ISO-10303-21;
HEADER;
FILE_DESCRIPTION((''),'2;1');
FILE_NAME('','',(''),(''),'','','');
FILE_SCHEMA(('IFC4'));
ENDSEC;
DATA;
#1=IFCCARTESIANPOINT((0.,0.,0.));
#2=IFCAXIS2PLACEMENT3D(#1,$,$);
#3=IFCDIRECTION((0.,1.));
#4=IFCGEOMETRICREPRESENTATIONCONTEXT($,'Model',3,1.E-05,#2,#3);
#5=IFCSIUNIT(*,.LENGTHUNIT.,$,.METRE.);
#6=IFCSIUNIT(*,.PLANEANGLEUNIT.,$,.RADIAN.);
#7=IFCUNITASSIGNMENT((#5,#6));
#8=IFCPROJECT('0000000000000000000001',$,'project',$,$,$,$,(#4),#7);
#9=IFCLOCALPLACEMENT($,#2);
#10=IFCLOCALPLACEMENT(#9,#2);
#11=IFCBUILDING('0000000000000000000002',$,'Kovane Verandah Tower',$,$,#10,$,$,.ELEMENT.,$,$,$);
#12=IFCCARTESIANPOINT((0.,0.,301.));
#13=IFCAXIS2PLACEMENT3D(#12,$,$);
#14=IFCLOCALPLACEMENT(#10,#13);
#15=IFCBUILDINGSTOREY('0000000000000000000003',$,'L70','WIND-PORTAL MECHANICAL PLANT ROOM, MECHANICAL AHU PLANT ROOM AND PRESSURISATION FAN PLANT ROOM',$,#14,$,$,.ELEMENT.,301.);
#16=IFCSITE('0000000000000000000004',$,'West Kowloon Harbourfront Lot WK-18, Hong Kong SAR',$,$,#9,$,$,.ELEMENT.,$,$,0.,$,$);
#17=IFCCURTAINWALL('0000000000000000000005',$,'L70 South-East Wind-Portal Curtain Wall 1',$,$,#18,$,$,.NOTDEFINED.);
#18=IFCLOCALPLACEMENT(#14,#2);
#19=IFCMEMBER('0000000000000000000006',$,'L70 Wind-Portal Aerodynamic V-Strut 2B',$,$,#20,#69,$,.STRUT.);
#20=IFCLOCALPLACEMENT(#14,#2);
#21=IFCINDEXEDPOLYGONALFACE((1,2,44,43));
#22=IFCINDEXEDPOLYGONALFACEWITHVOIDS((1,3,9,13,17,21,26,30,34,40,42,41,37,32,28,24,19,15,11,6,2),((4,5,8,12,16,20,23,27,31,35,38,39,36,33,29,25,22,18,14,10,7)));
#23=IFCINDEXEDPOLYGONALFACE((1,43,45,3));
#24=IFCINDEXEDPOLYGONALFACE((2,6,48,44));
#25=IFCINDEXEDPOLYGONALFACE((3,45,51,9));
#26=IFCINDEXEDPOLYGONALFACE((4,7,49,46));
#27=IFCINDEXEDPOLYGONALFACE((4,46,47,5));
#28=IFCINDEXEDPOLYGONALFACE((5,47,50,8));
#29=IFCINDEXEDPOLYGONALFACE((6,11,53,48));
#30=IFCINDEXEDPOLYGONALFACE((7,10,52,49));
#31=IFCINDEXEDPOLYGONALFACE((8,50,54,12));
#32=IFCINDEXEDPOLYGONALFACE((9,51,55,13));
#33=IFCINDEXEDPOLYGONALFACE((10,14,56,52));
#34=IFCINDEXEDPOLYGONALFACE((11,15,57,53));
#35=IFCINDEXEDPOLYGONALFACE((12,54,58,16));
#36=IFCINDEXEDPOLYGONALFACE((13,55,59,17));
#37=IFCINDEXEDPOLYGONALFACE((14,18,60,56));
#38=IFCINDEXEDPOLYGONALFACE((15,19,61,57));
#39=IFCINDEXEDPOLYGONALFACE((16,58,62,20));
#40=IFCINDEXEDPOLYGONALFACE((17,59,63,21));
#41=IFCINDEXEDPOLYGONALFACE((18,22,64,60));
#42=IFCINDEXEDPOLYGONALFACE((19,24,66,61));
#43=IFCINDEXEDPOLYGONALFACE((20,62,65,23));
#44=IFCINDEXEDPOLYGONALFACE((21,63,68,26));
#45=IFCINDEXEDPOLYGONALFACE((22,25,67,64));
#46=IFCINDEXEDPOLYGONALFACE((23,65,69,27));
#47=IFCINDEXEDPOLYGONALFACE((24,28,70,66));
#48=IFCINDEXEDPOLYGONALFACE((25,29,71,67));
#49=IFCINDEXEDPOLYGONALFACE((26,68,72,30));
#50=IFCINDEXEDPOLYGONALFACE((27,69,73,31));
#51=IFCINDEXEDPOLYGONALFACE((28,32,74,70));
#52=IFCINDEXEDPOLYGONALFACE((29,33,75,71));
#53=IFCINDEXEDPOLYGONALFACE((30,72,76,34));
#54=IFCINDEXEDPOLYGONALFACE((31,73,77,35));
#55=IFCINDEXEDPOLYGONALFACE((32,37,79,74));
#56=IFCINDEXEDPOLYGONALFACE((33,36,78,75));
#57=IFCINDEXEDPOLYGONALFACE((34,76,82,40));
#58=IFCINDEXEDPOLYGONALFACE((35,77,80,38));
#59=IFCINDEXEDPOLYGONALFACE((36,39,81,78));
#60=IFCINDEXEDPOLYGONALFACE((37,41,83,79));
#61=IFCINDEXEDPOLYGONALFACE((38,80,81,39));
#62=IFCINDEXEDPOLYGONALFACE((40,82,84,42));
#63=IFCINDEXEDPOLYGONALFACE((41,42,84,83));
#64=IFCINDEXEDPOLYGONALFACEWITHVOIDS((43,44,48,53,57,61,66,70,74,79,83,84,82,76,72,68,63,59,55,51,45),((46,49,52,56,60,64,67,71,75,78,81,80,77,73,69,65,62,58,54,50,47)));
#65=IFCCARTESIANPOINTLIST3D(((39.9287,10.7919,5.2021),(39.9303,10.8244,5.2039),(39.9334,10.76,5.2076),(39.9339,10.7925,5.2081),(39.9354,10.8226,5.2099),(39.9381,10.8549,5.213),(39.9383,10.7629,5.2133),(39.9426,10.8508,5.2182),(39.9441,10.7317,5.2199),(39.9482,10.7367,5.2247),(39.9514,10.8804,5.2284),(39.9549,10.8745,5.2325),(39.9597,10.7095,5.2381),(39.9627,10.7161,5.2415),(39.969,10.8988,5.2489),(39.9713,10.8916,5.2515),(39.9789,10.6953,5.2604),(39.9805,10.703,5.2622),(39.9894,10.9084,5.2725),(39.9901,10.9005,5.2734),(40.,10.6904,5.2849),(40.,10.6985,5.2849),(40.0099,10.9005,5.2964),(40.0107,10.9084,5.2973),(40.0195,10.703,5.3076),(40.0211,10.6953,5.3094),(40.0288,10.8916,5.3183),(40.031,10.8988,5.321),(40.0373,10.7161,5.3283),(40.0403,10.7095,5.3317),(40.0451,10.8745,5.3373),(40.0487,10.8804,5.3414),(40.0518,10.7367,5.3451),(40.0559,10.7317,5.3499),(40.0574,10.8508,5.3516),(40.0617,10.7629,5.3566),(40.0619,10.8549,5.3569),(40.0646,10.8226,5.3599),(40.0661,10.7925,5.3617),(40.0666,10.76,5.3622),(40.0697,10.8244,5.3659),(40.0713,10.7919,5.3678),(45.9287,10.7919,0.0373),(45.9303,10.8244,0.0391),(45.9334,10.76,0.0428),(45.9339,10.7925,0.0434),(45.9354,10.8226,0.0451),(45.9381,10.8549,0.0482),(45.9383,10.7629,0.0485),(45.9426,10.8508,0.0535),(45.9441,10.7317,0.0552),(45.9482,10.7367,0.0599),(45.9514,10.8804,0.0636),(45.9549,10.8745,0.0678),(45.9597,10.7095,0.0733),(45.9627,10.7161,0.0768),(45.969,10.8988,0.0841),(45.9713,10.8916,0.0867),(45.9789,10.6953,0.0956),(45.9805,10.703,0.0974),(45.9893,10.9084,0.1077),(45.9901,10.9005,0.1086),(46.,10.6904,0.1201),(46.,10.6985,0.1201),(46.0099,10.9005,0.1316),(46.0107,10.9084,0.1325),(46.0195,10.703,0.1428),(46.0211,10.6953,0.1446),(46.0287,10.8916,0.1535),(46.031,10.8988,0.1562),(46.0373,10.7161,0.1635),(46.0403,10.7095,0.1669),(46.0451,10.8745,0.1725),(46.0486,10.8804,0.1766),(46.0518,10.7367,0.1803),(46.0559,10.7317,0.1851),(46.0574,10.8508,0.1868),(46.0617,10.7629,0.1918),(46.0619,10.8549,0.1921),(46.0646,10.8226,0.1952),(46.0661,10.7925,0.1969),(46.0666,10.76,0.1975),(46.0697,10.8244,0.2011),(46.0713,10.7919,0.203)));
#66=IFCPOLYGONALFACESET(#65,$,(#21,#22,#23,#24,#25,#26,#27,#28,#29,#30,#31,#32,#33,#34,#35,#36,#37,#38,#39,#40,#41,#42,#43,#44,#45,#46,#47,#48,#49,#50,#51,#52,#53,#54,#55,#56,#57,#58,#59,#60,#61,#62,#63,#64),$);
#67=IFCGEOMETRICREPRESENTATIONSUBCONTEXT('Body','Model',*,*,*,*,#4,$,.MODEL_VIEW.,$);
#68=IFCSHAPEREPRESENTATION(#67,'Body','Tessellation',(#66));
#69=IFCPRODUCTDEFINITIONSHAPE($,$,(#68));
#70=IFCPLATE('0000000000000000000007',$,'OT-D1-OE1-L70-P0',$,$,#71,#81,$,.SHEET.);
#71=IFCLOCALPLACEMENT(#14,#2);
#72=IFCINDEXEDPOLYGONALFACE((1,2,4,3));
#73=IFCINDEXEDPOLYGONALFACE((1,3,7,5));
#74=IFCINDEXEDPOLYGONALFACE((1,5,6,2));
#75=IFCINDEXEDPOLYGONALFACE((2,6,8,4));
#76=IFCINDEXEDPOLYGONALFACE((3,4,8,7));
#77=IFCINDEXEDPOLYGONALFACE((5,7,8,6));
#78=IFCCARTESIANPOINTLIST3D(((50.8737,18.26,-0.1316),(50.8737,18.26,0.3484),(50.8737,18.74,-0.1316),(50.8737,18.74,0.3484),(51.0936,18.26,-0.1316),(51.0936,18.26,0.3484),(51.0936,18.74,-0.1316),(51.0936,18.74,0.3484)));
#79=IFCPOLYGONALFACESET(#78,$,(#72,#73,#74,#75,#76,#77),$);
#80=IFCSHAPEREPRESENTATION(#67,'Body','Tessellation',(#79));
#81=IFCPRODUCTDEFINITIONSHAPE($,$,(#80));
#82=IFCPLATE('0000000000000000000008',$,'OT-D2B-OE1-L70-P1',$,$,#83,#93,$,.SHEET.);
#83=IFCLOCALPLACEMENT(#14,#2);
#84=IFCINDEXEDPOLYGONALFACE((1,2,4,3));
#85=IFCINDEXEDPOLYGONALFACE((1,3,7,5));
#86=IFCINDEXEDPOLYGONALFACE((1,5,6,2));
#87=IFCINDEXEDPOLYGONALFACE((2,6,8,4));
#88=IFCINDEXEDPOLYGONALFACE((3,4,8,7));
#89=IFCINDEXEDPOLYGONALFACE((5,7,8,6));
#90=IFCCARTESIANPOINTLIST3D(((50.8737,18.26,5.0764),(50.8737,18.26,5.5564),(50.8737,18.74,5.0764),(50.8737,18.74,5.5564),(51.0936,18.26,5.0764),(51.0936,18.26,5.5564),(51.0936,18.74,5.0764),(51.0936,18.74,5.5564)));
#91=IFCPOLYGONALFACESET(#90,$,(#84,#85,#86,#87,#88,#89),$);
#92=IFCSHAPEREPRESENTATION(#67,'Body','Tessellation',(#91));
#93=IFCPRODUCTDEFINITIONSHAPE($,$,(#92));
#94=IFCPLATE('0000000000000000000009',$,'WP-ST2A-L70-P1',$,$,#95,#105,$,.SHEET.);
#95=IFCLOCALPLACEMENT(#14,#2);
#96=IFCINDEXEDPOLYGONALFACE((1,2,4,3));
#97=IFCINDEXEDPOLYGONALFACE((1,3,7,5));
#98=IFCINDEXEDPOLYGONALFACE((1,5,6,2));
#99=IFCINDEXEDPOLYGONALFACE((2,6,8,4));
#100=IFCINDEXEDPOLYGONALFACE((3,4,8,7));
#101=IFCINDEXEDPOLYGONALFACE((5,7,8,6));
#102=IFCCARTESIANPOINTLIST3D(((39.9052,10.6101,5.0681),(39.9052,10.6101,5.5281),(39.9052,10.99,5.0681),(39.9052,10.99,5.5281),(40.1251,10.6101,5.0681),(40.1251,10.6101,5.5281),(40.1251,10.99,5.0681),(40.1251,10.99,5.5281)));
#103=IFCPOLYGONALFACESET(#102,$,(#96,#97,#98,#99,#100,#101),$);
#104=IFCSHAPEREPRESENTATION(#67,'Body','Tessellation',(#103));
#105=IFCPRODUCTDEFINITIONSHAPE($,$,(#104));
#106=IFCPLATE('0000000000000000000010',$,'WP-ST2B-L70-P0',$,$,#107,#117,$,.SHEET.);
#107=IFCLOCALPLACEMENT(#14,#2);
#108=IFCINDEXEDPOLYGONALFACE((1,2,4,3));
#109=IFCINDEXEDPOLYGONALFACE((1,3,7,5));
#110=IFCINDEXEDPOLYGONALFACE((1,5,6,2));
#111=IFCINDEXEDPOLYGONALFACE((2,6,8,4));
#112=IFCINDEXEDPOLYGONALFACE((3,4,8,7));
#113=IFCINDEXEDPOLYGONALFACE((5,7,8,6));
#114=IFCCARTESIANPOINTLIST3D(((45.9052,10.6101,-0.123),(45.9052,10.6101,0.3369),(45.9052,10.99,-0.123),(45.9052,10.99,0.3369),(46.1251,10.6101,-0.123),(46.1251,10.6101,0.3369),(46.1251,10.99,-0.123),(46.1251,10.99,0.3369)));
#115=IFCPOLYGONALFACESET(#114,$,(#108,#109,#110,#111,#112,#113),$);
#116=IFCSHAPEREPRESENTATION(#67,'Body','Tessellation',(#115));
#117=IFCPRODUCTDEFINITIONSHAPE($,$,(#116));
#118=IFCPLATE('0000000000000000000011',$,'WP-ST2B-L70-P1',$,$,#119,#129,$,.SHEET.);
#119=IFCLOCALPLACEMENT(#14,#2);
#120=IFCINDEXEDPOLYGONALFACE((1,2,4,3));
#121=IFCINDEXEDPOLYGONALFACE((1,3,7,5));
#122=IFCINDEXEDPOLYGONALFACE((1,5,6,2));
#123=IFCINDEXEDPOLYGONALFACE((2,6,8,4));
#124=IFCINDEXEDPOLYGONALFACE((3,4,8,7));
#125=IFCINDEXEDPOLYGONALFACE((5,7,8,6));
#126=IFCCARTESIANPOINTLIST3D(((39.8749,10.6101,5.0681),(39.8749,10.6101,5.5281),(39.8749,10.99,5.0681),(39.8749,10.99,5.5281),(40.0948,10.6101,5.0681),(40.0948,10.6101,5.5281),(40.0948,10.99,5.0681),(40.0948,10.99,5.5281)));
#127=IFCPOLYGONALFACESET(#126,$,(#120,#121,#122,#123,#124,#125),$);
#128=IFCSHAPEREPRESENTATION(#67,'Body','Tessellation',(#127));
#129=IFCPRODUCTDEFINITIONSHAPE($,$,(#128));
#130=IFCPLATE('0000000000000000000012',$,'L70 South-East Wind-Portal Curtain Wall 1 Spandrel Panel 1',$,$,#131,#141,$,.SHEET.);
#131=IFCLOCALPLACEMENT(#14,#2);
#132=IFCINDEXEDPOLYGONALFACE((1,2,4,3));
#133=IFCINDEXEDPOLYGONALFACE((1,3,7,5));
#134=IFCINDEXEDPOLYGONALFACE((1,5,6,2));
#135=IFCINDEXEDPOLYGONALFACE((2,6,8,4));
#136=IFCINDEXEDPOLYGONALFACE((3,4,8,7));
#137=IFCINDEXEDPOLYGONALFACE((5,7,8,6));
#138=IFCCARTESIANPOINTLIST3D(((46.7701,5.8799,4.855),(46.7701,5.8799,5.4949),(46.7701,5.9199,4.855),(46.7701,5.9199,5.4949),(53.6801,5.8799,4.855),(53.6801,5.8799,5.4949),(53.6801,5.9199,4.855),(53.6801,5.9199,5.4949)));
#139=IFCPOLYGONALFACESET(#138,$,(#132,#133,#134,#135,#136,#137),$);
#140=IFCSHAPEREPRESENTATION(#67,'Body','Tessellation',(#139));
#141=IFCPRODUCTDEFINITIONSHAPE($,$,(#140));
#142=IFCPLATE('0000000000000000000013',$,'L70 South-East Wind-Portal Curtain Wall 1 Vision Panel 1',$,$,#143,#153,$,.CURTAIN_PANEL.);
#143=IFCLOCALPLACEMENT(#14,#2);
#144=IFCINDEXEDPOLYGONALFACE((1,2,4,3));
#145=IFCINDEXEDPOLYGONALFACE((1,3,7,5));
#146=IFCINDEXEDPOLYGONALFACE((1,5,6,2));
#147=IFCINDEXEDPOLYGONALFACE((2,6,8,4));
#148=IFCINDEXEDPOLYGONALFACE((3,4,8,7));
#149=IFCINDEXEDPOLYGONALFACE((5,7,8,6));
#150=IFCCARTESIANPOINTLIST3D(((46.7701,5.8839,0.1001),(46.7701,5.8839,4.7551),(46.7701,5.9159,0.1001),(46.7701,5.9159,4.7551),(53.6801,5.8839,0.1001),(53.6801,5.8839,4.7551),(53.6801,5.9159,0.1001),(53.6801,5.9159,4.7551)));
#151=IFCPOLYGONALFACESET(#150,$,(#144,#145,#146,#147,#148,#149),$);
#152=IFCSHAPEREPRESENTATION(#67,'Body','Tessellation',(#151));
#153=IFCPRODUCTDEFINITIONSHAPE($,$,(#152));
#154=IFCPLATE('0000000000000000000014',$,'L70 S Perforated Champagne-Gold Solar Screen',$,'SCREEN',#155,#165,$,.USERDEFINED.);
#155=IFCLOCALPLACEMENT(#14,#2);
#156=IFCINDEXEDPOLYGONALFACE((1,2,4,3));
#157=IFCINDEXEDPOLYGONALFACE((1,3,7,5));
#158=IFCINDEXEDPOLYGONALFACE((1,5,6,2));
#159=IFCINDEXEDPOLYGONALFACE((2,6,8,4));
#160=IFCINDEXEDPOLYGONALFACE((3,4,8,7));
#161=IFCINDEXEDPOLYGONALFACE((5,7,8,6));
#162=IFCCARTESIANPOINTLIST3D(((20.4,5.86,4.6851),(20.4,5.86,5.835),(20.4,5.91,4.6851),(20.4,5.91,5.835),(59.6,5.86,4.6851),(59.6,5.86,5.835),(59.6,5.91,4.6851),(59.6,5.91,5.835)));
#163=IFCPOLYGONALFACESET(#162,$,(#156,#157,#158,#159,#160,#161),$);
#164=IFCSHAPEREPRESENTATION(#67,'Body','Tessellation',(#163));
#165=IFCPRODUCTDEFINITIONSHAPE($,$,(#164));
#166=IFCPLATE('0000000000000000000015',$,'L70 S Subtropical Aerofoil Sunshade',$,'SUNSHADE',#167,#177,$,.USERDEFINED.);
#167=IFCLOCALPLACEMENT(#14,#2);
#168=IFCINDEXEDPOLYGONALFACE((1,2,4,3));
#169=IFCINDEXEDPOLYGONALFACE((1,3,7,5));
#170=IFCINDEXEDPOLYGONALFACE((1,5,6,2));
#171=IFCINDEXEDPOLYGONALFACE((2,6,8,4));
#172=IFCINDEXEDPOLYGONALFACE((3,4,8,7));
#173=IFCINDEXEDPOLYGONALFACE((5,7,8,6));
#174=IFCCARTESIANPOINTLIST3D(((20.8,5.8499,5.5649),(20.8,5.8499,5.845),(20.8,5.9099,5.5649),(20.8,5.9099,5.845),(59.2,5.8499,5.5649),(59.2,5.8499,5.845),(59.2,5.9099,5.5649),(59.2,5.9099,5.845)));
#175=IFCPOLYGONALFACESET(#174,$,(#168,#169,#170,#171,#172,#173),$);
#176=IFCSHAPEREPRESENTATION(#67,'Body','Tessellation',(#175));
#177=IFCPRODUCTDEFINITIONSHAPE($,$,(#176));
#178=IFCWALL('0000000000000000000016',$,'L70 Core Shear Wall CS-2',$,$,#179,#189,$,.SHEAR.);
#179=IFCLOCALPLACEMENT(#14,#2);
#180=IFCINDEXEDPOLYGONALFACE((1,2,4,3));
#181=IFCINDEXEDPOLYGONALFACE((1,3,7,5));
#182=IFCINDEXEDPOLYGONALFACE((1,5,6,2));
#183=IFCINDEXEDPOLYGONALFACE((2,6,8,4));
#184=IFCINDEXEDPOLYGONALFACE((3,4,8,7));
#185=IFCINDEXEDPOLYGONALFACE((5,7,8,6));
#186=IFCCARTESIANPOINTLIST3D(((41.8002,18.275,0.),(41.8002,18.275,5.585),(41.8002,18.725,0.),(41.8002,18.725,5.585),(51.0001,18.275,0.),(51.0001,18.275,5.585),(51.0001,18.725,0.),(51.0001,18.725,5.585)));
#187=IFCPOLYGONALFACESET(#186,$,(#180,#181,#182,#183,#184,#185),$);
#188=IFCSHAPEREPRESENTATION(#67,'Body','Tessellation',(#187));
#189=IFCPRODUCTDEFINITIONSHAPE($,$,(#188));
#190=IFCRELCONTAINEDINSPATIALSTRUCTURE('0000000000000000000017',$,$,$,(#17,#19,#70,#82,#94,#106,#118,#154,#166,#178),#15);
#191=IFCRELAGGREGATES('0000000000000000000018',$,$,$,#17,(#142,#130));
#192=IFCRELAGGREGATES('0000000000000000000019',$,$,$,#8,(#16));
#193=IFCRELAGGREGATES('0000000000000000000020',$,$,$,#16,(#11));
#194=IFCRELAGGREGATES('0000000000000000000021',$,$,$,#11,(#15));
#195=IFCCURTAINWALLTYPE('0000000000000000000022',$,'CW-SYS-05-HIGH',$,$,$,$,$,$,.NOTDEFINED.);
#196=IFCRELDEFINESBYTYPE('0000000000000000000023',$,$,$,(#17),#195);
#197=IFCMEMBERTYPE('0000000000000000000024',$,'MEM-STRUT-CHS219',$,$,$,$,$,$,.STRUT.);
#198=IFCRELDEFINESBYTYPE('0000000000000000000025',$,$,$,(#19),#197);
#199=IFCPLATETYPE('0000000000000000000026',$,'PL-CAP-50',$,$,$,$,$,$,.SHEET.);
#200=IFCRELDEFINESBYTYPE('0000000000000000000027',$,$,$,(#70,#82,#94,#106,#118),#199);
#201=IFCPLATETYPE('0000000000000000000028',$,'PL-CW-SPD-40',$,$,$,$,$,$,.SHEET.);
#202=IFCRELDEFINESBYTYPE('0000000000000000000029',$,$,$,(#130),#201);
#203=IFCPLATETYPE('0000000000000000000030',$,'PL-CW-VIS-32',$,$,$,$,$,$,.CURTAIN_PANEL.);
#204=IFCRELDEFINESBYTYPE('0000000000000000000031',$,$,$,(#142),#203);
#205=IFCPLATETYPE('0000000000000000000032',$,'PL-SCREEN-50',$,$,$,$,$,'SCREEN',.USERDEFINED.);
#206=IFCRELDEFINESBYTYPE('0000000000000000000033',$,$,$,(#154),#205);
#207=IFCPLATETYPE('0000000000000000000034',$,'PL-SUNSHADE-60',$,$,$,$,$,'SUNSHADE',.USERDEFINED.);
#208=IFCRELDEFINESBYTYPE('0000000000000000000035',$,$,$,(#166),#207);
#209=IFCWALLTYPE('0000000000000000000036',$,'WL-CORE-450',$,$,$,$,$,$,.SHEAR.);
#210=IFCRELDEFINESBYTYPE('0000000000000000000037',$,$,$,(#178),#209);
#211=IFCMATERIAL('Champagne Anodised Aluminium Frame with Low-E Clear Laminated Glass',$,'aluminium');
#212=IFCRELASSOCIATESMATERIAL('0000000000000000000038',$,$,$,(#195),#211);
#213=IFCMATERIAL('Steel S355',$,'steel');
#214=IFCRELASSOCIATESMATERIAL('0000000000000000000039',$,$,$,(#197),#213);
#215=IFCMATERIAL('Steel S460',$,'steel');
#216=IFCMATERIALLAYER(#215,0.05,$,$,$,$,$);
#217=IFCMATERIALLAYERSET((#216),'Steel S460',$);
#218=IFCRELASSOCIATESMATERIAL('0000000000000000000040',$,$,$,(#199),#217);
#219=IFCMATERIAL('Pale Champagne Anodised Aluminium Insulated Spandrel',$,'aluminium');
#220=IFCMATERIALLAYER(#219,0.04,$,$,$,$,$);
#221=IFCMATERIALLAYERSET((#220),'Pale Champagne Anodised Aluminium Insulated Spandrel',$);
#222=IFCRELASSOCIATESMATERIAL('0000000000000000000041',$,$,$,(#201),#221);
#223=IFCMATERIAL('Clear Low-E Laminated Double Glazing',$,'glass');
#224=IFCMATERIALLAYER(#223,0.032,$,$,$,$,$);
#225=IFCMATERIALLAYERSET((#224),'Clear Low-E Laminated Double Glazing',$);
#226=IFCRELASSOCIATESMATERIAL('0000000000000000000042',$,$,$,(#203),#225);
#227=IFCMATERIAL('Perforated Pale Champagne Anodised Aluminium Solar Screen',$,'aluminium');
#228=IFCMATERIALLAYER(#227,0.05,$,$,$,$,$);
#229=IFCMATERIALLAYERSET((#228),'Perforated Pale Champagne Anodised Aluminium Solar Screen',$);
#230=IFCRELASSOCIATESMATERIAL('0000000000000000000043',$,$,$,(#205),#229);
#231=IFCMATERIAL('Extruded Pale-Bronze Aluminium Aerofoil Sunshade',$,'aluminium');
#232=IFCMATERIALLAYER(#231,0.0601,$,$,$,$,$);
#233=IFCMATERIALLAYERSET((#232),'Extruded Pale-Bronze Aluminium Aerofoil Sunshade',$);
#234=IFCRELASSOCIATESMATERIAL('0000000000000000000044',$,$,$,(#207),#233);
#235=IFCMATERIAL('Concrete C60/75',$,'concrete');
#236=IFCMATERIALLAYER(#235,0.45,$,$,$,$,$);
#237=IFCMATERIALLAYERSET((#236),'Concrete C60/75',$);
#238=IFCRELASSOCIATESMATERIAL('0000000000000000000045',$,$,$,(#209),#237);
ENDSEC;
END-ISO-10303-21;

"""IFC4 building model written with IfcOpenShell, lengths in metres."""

from ifc_helpers import new_model, si_unit, direction, frame, frame_2d, origin, origin_2d, place, context, subcontext, project, spatial, rectangle, hollow_circle, extrude, material, layer, layer_set, material_profile, profile_set, type_object, element, aggregate, save


model = new_model("IFC4")

# Units and contexts
model_context = context("Model", 3, precision=1e-05, world=origin(), true_north=direction((0.0, 1.0)))
body_context = subcontext(model_context, "Body", "Model", "MODEL_VIEW")
ifc_project = project(units=[si_unit("LENGTHUNIT", "METRE"), si_unit("PLANEANGLEUNIT", "RADIAN")], contexts=[model_context])

# Site, building, storey
site_placement = place(None, origin())
site = spatial("IfcSite", under=ifc_project, at=site_placement, Name="West Kowloon Harbourfront Lot WK-18, Hong Kong SAR", CompositionType="ELEMENT", RefElevation=0.0)
building_placement = place(site_placement, origin())
building = spatial("IfcBuilding", under=site, at=building_placement, Name="Kovane Verandah Tower", CompositionType="ELEMENT")
storey_placement = place(building_placement, frame((0.0, 0.0, 301.0)))
storey = spatial("IfcBuildingStorey", under=building, at=storey_placement, Name="L70", Description="WIND-PORTAL MECHANICAL PLANT ROOM, MECHANICAL AHU PLANT ROOM AND PRESSURISATION FAN PLANT ROOM", CompositionType="ELEMENT", Elevation=301.0)

# Shared definitions
ifc_material_1 = material(Name="Concrete C60/75", Category="concrete")
ifc_material_2 = material(Name="Steel S460", Category="steel")

# Curtain wall
ifc_material_3 = material(Name="Champagne Anodised Aluminium Frame with Low-E Clear Laminated Glass", Category="aluminium")
curtain_wall_type = type_object("IfcCurtainWallType", Name="CW-SYS-05-HIGH", PredefinedType="NOTDEFINED", material=ifc_material_3)
curtain_wall_placement = place(storey_placement, origin())
curtain_wall = element("IfcCurtainWall", 1, at=curtain_wall_placement, inside=storey, type_object=curtain_wall_type, Name="L70 South-East Wind-Portal Curtain Wall 1", PredefinedType="NOTDEFINED")

# Shared definitions
ifc_material_4 = material(Name="Steel S355", Category="steel")

# Member
ifc_material_profile_1 = material_profile(ifc_material_4, hollow_circle(Radius=0.1096, WallThickness=0.0081, at=origin_2d()), Name="CHS219.1x8")
ifc_profile_set_1 = profile_set([ifc_material_profile_1], Name="Steel S355")
member_type_1 = type_object("IfcMemberType", Name="MEM-STRUT-CHS219", PredefinedType="STRUT", material=ifc_profile_set_1)
member_1_placement = place(storey_placement, frame((46.0, 10.8, 0.1201), z_axis=(-0.757886, 0.0, 0.652387), x_axis=(0.0, -1.0, 0.0)))
element("IfcMember", 2, at=member_1_placement, inside=storey, type_object=member_type_1, Name="L70 Wind-Portal Aerodynamic V-Strut 2B", PredefinedType="STRUT", context=body_context, shape_type="SweptSolid", body=[
    extrude(hollow_circle(Radius=0.1096, WallThickness=0.0081, at=origin_2d()), origin(), (0.0, 0.0, 1.0), 7.9167),
])

# Plates
ifc_layer_1 = layer(ifc_material_2, 0.05)
ifc_layer_set_1 = layer_set([ifc_layer_1], Name="Steel S460")
plate_type_1 = type_object("IfcPlateType", Name="PL-CAP-50", PredefinedType="SHEET", material=ifc_layer_set_1)
for number, where, z_axis, x_axis, name in (
    (3, (50.9836, 18.5, -0.1316), (0.0, 0.0, 1.0), (1.0, 0.0, 0.0), "OT-D1-OE1-L70-P0"),
    (4, (50.9836, 18.5, 5.0764), (0.0, 0.0, 1.0), (-1.0, 0.0, 0.0), "OT-D2B-OE1-L70-P1"),
):
    element("IfcPlate", number, at=place(storey_placement, frame(where, z_axis=z_axis, x_axis=x_axis)), inside=storey, type_object=plate_type_1, Name=name, PredefinedType="SHEET", context=body_context, shape_type="SweptSolid", body=[
        extrude(rectangle(XDim=0.22, YDim=0.48, at=origin_2d()), origin(), (0.0, 0.0, 1.0), 0.48),
    ])
for number, where, z_axis, x_axis, name in (
    (5, (40.0151, 10.8, 5.0681), (0.0, 0.0, 1.0), (1.0, 0.0, 0.0), "WP-ST2A-L70-P1"),
    (6, (46.0151, 10.8, -0.123), (0.0, 0.0, 1.0), (-1.0, 0.0, 0.0), "WP-ST2B-L70-P0"),
    (7, (39.9849, 10.8, 5.0681), (0.0, 0.0, 1.0), (-1.0, 0.0, 0.0), "WP-ST2B-L70-P1"),
):
    element("IfcPlate", number, at=place(storey_placement, frame(where, z_axis=z_axis, x_axis=x_axis)), inside=storey, type_object=plate_type_1, Name=name, PredefinedType="SHEET", context=body_context, shape_type="SweptSolid", body=[
        extrude(rectangle(XDim=0.22, YDim=0.3799, at=origin_2d()), origin(), (0.0, 0.0, 1.0), 0.46),
    ])

# Plates
ifc_material_5 = material(Name="Pale Champagne Anodised Aluminium Insulated Spandrel", Category="aluminium")
ifc_layer_2 = layer(ifc_material_5, 0.04)
ifc_layer_set_2 = layer_set([ifc_layer_2], Name="Pale Champagne Anodised Aluminium Insulated Spandrel")
plate_type_2 = type_object("IfcPlateType", Name="PL-CW-SPD-40", PredefinedType="SHEET", material=ifc_layer_set_2)
plate_1_placement = place(storey_placement, frame((50.2251, 5.8999, 4.855), z_axis=(0.0, 0.0, 1.0), x_axis=(1.0, 0.0, 0.0)))
plate_1 = element("IfcPlate", 8, at=plate_1_placement, type_object=plate_type_2, Name="L70 South-East Wind-Portal Curtain Wall 1 Spandrel Panel 1", PredefinedType="SHEET", context=body_context, shape_type="SweptSolid", body=[
    extrude(rectangle(XDim=6.9099, YDim=0.04, at=origin_2d()), origin(), (0.0, 0.0, 1.0), 0.6399),
])
ifc_material_6 = material(Name="Clear Low-E Laminated Double Glazing", Category="glass")
ifc_layer_3 = layer(ifc_material_6, 0.032)
ifc_layer_set_3 = layer_set([ifc_layer_3], Name="Clear Low-E Laminated Double Glazing")
plate_type_3 = type_object("IfcPlateType", Name="PL-CW-VIS-32", PredefinedType="CURTAIN_PANEL", material=ifc_layer_set_3)
plate_2_placement = place(storey_placement, frame((50.2251, 5.8999, 0.1001), z_axis=(0.0, 0.0, 1.0), x_axis=(1.0, 0.0, 0.0)))
plate_2 = element("IfcPlate", 9, at=plate_2_placement, type_object=plate_type_3, Name="L70 South-East Wind-Portal Curtain Wall 1 Vision Panel 1", PredefinedType="CURTAIN_PANEL", context=body_context, shape_type="SweptSolid", body=[
    extrude(rectangle(XDim=6.9099, YDim=0.032, at=origin_2d()), origin(), (0.0, 0.0, 1.0), 4.655),
])
aggregate(curtain_wall, [plate_2, plate_1])

# Plates
ifc_material_7 = material(Name="Perforated Pale Champagne Anodised Aluminium Solar Screen", Category="aluminium")
ifc_layer_4 = layer(ifc_material_7, 0.05)
ifc_layer_set_4 = layer_set([ifc_layer_4], Name="Perforated Pale Champagne Anodised Aluminium Solar Screen")
plate_type_4 = type_object("IfcPlateType", Name="PL-SCREEN-50", ElementType="SCREEN", PredefinedType="USERDEFINED", material=ifc_layer_set_4)
plate_3_placement = place(storey_placement, frame((40.0, 5.885, 4.6851), z_axis=(0.0, 0.0, 1.0), x_axis=(1.0, 0.0, 0.0)))
element("IfcPlate", 10, at=plate_3_placement, inside=storey, type_object=plate_type_4, Name="L70 S Perforated Champagne-Gold Solar Screen", ObjectType="SCREEN", PredefinedType="USERDEFINED", context=body_context, shape_type="SweptSolid", body=[
    extrude(rectangle(XDim=39.2, YDim=0.05, at=origin_2d()), origin(), (0.0, 0.0, 1.0), 1.1499),
])
ifc_material_8 = material(Name="Extruded Pale-Bronze Aluminium Aerofoil Sunshade", Category="aluminium")
ifc_layer_5 = layer(ifc_material_8, 0.0601)
ifc_layer_set_5 = layer_set([ifc_layer_5], Name="Extruded Pale-Bronze Aluminium Aerofoil Sunshade")
plate_type_5 = type_object("IfcPlateType", Name="PL-SUNSHADE-60", ElementType="SUNSHADE", PredefinedType="USERDEFINED", material=ifc_layer_set_5)
plate_4_placement = place(storey_placement, frame((40.0, 5.8799, 5.5649), z_axis=(0.0, 0.0, 1.0), x_axis=(1.0, 0.0, 0.0)))
element("IfcPlate", 11, at=plate_4_placement, inside=storey, type_object=plate_type_5, Name="L70 S Subtropical Aerofoil Sunshade", ObjectType="SUNSHADE", PredefinedType="USERDEFINED", context=body_context, shape_type="SweptSolid", body=[
    extrude(rectangle(XDim=38.3999, YDim=0.0601, at=origin_2d()), origin(), (0.0, 0.0, 1.0), 0.28),
])

# Wall
ifc_layer_6 = layer(ifc_material_1, 0.45)
ifc_layer_set_6 = layer_set([ifc_layer_6], Name="Concrete C60/75")
wall_type = type_object("IfcWallType", Name="WL-CORE-450", PredefinedType="SHEAR", material=ifc_layer_set_6)
wall_placement = place(storey_placement, frame((41.8, 18.5, 0.0), z_axis=(0.0, 0.0, 1.0), x_axis=(1.0, 0.0, 0.0)))
element("IfcWall", 12, at=wall_placement, inside=storey, type_object=wall_type, Name="L70 Core Shear Wall CS-2", PredefinedType="SHEAR", context=body_context, shape_type="SweptSolid", body=[
    extrude(rectangle(XDim=9.2, YDim=0.45, at=frame_2d((4.6001, 0.0))), origin(), (0.0, 0.0, 1.0), 5.585),
])

save(model, "model.ifc")
